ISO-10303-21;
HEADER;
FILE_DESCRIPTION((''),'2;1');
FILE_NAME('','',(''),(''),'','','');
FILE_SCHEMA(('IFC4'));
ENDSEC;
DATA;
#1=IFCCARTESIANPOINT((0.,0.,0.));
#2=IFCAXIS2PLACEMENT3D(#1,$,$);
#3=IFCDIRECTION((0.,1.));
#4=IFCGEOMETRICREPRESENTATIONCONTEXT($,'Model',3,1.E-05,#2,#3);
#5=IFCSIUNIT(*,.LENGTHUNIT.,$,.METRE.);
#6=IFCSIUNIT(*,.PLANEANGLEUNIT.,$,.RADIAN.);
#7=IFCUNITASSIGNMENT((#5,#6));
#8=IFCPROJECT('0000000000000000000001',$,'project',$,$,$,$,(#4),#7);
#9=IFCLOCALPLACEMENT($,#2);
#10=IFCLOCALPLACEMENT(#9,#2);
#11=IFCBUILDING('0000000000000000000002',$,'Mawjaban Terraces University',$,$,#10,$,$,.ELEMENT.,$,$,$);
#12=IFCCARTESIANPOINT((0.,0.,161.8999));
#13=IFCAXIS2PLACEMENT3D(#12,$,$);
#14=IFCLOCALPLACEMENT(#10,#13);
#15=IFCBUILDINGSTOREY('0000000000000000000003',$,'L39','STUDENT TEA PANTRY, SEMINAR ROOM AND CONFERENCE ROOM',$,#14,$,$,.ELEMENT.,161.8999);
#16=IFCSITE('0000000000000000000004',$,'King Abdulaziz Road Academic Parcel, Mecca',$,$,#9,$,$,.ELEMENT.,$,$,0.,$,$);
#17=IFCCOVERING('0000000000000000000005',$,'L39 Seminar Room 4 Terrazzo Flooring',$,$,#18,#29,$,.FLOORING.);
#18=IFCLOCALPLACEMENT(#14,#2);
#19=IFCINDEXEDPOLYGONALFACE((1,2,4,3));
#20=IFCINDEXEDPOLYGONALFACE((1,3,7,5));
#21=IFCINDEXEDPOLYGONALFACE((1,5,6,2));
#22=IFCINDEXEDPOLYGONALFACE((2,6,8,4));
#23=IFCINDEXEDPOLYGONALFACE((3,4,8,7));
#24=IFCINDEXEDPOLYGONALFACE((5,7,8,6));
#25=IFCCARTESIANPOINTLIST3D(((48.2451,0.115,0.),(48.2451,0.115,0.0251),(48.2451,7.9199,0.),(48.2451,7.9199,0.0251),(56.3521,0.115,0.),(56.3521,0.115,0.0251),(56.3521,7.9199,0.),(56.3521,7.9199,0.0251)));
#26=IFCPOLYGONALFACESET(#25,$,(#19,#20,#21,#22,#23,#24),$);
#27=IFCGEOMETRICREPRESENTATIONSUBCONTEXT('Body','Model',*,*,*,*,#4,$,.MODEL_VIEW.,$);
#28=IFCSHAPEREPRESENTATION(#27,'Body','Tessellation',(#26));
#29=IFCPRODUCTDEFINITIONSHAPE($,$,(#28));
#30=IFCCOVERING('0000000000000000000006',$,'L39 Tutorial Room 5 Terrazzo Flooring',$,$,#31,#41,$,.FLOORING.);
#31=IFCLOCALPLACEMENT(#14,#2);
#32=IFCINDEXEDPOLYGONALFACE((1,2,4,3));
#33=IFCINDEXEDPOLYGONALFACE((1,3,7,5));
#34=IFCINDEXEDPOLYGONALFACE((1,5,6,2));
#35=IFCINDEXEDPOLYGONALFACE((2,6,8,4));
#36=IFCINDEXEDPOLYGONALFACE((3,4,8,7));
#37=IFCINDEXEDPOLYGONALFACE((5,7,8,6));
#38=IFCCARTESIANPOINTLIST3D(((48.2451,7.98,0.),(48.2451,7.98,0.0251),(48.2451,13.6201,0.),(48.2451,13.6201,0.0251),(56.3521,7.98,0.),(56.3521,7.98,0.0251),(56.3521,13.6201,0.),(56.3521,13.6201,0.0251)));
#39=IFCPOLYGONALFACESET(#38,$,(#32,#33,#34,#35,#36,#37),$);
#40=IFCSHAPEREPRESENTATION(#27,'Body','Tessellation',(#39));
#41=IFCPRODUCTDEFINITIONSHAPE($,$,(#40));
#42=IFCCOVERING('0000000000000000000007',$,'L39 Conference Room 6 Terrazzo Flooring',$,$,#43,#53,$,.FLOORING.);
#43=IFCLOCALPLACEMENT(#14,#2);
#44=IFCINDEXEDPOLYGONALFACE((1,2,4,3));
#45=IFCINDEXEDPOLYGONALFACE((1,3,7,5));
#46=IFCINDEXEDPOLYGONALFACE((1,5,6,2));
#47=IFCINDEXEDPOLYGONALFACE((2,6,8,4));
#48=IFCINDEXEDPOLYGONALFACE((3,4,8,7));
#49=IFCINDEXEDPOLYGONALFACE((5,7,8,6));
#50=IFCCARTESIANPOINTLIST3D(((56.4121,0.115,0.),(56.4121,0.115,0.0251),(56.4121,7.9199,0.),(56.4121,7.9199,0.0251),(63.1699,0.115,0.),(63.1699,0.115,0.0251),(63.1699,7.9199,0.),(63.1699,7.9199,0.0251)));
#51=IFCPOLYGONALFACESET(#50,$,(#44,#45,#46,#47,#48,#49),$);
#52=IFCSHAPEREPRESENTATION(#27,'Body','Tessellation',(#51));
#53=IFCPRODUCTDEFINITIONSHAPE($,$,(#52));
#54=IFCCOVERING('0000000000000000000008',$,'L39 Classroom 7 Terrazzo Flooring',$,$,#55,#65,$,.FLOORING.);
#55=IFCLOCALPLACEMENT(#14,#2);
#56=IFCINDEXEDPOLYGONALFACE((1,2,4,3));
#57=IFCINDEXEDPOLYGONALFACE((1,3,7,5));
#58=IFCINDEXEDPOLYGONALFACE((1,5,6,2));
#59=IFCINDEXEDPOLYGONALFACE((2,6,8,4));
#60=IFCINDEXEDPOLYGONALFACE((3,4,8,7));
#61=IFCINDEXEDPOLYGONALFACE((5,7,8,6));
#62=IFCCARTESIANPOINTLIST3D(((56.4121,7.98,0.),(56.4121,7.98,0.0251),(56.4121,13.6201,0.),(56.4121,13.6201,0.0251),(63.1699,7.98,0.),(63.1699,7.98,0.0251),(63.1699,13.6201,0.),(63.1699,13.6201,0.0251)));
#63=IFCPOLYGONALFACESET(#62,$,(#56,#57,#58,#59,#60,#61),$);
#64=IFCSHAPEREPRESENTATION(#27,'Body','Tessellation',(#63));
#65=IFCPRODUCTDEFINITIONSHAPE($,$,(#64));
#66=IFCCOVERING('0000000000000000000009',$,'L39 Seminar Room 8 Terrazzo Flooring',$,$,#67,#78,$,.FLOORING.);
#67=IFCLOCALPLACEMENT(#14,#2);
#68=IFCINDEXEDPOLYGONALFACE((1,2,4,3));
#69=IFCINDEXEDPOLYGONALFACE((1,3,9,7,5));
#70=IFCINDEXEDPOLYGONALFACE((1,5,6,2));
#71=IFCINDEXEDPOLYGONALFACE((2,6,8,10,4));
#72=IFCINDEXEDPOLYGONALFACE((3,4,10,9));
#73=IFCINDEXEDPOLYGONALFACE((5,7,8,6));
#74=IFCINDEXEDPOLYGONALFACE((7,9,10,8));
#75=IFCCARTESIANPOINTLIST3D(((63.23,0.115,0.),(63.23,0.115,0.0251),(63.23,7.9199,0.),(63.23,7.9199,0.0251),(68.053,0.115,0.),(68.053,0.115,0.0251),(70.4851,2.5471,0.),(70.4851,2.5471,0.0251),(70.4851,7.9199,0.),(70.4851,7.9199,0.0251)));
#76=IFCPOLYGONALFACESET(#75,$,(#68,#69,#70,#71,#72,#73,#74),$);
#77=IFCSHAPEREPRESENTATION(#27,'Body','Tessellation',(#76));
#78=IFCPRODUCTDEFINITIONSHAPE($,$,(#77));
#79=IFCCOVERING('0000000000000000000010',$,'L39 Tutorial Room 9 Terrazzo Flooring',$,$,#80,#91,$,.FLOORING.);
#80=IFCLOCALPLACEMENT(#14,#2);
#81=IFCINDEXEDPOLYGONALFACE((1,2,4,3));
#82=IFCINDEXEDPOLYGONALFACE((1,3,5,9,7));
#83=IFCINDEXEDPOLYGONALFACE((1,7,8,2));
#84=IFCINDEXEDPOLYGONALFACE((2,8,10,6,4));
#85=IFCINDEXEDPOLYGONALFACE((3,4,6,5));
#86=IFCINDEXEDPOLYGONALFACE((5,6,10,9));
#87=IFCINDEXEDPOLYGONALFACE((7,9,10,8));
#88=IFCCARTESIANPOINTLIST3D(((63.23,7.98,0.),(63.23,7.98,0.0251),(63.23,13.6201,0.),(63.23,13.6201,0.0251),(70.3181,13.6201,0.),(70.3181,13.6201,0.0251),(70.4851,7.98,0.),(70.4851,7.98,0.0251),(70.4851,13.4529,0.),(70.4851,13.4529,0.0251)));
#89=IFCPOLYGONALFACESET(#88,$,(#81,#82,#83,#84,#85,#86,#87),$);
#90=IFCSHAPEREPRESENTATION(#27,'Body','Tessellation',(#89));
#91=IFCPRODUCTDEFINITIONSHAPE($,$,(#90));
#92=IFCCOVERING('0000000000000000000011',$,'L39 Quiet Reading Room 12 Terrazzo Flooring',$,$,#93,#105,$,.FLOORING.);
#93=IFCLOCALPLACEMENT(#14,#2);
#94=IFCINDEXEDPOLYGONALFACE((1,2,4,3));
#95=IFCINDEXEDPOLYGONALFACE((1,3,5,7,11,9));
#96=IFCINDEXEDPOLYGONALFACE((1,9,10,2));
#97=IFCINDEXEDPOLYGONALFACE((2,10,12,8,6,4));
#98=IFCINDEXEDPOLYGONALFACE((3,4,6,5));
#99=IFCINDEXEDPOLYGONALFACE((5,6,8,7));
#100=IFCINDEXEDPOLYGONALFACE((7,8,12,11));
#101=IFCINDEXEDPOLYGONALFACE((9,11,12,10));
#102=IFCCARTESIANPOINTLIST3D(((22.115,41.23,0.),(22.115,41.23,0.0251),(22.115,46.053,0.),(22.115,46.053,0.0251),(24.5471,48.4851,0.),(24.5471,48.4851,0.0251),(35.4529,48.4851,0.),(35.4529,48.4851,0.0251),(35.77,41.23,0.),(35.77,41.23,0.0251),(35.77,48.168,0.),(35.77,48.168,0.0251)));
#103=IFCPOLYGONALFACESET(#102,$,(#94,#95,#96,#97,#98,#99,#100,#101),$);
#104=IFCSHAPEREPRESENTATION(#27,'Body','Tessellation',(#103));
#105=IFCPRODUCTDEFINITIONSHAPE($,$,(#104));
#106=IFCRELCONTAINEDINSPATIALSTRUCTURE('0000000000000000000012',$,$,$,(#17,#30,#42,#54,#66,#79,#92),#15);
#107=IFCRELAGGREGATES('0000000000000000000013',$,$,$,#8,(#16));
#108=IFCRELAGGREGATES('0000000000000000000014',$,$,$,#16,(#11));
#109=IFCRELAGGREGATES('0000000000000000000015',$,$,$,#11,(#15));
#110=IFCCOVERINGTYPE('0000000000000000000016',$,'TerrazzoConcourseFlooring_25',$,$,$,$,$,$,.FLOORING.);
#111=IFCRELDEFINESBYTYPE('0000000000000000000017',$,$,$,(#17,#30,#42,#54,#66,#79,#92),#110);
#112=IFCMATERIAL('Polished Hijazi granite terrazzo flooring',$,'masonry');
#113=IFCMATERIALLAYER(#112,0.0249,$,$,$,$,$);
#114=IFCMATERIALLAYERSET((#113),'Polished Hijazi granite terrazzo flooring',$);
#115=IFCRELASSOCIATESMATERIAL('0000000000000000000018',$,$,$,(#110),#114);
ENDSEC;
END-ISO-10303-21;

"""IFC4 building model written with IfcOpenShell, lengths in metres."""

from ifc_helpers import new_model, si_unit, direction, frame, origin, place, context, subcontext, project, spatial, polyline, outline, extrude, material, layer, layer_set, type_object, element, save


model = new_model("IFC4")

# Units and contexts
model_context = context("Model", 3, precision=1e-05, world=origin(), true_north=direction((0.0, 1.0)))
body_context = subcontext(model_context, "Body", "Model", "MODEL_VIEW")
ifc_project = project(units=[si_unit("LENGTHUNIT", "METRE"), si_unit("PLANEANGLEUNIT", "RADIAN")], contexts=[model_context])

# Site, building, storey
site_placement = place(None, origin())
site = spatial("IfcSite", under=ifc_project, at=site_placement, Name="King Abdulaziz Road Academic Parcel, Mecca", CompositionType="ELEMENT", RefElevation=0.0)
building_placement = place(site_placement, origin())
building = spatial("IfcBuilding", under=site, at=building_placement, Name="Mawjaban Terraces University", CompositionType="ELEMENT")
storey_placement = place(building_placement, frame((0.0, 0.0, 161.8999)))
storey = spatial("IfcBuildingStorey", under=building, at=storey_placement, Name="L39", Description="STUDENT TEA PANTRY, SEMINAR ROOM AND CONFERENCE ROOM", CompositionType="ELEMENT", Elevation=161.8999)

# Coverings
ifc_material_1 = material(Name="Polished Hijazi granite terrazzo flooring", Category="masonry")
ifc_layer_1 = layer(ifc_material_1, 0.0249)
ifc_layer_set_1 = layer_set([ifc_layer_1], Name="Polished Hijazi granite terrazzo flooring")
covering_type_1 = type_object("IfcCoveringType", Name="TerrazzoConcourseFlooring_25", PredefinedType="FLOORING", material=ifc_layer_set_1)
covering_1_placement = place(storey_placement, origin())
element("IfcCovering", 1, at=covering_1_placement, inside=storey, type_object=covering_type_1, Name="L39 Seminar Room 4 Terrazzo Flooring", PredefinedType="FLOORING", context=body_context, shape_type="SweptSolid", body=[
    extrude(outline(polyline([(48.2451, 0.115), (56.3521, 0.115), (56.3521, 7.9199), (48.2451, 7.9199), (48.2451, 0.115)])), origin(), (0.0, 0.0, 1.0), 0.0251),
])
covering_2_placement = place(storey_placement, origin())
element("IfcCovering", 2, at=covering_2_placement, inside=storey, type_object=covering_type_1, Name="L39 Tutorial Room 5 Terrazzo Flooring", PredefinedType="FLOORING", context=body_context, shape_type="SweptSolid", body=[
    extrude(outline(polyline([(56.3521, 7.98), (56.3521, 13.6201), (48.2451, 13.6201), (48.2451, 7.98), (56.3521, 7.98)])), origin(), (0.0, 0.0, 1.0), 0.0251),
])
covering_3_placement = place(storey_placement, origin())
element("IfcCovering", 3, at=covering_3_placement, inside=storey, type_object=covering_type_1, Name="L39 Conference Room 6 Terrazzo Flooring", PredefinedType="FLOORING", context=body_context, shape_type="SweptSolid", body=[
    extrude(outline(polyline([(56.4121, 0.115), (63.1699, 0.115), (63.1699, 7.9199), (56.4121, 7.9199), (56.4121, 0.115)])), origin(), (0.0, 0.0, 1.0), 0.0251),
])
covering_4_placement = place(storey_placement, origin())
element("IfcCovering", 4, at=covering_4_placement, inside=storey, type_object=covering_type_1, Name="L39 Classroom 7 Terrazzo Flooring", PredefinedType="FLOORING", context=body_context, shape_type="SweptSolid", body=[
    extrude(outline(polyline([(63.1699, 7.98), (63.1699, 13.6201), (56.4121, 13.6201), (56.4121, 7.98), (63.1699, 7.98)])), origin(), (0.0, 0.0, 1.0), 0.0251),
])
covering_5_placement = place(storey_placement, origin())
element("IfcCovering", 5, at=covering_5_placement, inside=storey, type_object=covering_type_1, Name="L39 Seminar Room 8 Terrazzo Flooring", PredefinedType="FLOORING", context=body_context, shape_type="SweptSolid", body=[
    extrude(outline(polyline([(63.23, 0.115), (68.053, 0.115), (70.4851, 2.5471), (70.4851, 7.9199), (63.23, 7.9199), (63.23, 0.115)])), origin(), (0.0, 0.0, 1.0), 0.0251),
])
covering_6_placement = place(storey_placement, origin())
element("IfcCovering", 6, at=covering_6_placement, inside=storey, type_object=covering_type_1, Name="L39 Tutorial Room 9 Terrazzo Flooring", PredefinedType="FLOORING", context=body_context, shape_type="SweptSolid", body=[
    extrude(outline(polyline([(70.4851, 7.98), (70.4851, 13.4529), (70.3181, 13.6201), (63.23, 13.6201), (63.23, 7.98), (70.4851, 7.98)])), origin(), (0.0, 0.0, 1.0), 0.0251),
])
covering_7_placement = place(storey_placement, origin())
element("IfcCovering", 7, at=covering_7_placement, inside=storey, type_object=covering_type_1, Name="L39 Quiet Reading Room 12 Terrazzo Flooring", PredefinedType="FLOORING", context=body_context, shape_type="SweptSolid", body=[
    extrude(outline(polyline([(35.77, 48.168), (35.4529, 48.4851), (24.5471, 48.4851), (22.115, 46.053), (22.115, 41.23), (35.77, 41.23), (35.77, 48.168)])), origin(), (0.0, 0.0, 1.0), 0.0251),
])

save(model, "model.ifc")
